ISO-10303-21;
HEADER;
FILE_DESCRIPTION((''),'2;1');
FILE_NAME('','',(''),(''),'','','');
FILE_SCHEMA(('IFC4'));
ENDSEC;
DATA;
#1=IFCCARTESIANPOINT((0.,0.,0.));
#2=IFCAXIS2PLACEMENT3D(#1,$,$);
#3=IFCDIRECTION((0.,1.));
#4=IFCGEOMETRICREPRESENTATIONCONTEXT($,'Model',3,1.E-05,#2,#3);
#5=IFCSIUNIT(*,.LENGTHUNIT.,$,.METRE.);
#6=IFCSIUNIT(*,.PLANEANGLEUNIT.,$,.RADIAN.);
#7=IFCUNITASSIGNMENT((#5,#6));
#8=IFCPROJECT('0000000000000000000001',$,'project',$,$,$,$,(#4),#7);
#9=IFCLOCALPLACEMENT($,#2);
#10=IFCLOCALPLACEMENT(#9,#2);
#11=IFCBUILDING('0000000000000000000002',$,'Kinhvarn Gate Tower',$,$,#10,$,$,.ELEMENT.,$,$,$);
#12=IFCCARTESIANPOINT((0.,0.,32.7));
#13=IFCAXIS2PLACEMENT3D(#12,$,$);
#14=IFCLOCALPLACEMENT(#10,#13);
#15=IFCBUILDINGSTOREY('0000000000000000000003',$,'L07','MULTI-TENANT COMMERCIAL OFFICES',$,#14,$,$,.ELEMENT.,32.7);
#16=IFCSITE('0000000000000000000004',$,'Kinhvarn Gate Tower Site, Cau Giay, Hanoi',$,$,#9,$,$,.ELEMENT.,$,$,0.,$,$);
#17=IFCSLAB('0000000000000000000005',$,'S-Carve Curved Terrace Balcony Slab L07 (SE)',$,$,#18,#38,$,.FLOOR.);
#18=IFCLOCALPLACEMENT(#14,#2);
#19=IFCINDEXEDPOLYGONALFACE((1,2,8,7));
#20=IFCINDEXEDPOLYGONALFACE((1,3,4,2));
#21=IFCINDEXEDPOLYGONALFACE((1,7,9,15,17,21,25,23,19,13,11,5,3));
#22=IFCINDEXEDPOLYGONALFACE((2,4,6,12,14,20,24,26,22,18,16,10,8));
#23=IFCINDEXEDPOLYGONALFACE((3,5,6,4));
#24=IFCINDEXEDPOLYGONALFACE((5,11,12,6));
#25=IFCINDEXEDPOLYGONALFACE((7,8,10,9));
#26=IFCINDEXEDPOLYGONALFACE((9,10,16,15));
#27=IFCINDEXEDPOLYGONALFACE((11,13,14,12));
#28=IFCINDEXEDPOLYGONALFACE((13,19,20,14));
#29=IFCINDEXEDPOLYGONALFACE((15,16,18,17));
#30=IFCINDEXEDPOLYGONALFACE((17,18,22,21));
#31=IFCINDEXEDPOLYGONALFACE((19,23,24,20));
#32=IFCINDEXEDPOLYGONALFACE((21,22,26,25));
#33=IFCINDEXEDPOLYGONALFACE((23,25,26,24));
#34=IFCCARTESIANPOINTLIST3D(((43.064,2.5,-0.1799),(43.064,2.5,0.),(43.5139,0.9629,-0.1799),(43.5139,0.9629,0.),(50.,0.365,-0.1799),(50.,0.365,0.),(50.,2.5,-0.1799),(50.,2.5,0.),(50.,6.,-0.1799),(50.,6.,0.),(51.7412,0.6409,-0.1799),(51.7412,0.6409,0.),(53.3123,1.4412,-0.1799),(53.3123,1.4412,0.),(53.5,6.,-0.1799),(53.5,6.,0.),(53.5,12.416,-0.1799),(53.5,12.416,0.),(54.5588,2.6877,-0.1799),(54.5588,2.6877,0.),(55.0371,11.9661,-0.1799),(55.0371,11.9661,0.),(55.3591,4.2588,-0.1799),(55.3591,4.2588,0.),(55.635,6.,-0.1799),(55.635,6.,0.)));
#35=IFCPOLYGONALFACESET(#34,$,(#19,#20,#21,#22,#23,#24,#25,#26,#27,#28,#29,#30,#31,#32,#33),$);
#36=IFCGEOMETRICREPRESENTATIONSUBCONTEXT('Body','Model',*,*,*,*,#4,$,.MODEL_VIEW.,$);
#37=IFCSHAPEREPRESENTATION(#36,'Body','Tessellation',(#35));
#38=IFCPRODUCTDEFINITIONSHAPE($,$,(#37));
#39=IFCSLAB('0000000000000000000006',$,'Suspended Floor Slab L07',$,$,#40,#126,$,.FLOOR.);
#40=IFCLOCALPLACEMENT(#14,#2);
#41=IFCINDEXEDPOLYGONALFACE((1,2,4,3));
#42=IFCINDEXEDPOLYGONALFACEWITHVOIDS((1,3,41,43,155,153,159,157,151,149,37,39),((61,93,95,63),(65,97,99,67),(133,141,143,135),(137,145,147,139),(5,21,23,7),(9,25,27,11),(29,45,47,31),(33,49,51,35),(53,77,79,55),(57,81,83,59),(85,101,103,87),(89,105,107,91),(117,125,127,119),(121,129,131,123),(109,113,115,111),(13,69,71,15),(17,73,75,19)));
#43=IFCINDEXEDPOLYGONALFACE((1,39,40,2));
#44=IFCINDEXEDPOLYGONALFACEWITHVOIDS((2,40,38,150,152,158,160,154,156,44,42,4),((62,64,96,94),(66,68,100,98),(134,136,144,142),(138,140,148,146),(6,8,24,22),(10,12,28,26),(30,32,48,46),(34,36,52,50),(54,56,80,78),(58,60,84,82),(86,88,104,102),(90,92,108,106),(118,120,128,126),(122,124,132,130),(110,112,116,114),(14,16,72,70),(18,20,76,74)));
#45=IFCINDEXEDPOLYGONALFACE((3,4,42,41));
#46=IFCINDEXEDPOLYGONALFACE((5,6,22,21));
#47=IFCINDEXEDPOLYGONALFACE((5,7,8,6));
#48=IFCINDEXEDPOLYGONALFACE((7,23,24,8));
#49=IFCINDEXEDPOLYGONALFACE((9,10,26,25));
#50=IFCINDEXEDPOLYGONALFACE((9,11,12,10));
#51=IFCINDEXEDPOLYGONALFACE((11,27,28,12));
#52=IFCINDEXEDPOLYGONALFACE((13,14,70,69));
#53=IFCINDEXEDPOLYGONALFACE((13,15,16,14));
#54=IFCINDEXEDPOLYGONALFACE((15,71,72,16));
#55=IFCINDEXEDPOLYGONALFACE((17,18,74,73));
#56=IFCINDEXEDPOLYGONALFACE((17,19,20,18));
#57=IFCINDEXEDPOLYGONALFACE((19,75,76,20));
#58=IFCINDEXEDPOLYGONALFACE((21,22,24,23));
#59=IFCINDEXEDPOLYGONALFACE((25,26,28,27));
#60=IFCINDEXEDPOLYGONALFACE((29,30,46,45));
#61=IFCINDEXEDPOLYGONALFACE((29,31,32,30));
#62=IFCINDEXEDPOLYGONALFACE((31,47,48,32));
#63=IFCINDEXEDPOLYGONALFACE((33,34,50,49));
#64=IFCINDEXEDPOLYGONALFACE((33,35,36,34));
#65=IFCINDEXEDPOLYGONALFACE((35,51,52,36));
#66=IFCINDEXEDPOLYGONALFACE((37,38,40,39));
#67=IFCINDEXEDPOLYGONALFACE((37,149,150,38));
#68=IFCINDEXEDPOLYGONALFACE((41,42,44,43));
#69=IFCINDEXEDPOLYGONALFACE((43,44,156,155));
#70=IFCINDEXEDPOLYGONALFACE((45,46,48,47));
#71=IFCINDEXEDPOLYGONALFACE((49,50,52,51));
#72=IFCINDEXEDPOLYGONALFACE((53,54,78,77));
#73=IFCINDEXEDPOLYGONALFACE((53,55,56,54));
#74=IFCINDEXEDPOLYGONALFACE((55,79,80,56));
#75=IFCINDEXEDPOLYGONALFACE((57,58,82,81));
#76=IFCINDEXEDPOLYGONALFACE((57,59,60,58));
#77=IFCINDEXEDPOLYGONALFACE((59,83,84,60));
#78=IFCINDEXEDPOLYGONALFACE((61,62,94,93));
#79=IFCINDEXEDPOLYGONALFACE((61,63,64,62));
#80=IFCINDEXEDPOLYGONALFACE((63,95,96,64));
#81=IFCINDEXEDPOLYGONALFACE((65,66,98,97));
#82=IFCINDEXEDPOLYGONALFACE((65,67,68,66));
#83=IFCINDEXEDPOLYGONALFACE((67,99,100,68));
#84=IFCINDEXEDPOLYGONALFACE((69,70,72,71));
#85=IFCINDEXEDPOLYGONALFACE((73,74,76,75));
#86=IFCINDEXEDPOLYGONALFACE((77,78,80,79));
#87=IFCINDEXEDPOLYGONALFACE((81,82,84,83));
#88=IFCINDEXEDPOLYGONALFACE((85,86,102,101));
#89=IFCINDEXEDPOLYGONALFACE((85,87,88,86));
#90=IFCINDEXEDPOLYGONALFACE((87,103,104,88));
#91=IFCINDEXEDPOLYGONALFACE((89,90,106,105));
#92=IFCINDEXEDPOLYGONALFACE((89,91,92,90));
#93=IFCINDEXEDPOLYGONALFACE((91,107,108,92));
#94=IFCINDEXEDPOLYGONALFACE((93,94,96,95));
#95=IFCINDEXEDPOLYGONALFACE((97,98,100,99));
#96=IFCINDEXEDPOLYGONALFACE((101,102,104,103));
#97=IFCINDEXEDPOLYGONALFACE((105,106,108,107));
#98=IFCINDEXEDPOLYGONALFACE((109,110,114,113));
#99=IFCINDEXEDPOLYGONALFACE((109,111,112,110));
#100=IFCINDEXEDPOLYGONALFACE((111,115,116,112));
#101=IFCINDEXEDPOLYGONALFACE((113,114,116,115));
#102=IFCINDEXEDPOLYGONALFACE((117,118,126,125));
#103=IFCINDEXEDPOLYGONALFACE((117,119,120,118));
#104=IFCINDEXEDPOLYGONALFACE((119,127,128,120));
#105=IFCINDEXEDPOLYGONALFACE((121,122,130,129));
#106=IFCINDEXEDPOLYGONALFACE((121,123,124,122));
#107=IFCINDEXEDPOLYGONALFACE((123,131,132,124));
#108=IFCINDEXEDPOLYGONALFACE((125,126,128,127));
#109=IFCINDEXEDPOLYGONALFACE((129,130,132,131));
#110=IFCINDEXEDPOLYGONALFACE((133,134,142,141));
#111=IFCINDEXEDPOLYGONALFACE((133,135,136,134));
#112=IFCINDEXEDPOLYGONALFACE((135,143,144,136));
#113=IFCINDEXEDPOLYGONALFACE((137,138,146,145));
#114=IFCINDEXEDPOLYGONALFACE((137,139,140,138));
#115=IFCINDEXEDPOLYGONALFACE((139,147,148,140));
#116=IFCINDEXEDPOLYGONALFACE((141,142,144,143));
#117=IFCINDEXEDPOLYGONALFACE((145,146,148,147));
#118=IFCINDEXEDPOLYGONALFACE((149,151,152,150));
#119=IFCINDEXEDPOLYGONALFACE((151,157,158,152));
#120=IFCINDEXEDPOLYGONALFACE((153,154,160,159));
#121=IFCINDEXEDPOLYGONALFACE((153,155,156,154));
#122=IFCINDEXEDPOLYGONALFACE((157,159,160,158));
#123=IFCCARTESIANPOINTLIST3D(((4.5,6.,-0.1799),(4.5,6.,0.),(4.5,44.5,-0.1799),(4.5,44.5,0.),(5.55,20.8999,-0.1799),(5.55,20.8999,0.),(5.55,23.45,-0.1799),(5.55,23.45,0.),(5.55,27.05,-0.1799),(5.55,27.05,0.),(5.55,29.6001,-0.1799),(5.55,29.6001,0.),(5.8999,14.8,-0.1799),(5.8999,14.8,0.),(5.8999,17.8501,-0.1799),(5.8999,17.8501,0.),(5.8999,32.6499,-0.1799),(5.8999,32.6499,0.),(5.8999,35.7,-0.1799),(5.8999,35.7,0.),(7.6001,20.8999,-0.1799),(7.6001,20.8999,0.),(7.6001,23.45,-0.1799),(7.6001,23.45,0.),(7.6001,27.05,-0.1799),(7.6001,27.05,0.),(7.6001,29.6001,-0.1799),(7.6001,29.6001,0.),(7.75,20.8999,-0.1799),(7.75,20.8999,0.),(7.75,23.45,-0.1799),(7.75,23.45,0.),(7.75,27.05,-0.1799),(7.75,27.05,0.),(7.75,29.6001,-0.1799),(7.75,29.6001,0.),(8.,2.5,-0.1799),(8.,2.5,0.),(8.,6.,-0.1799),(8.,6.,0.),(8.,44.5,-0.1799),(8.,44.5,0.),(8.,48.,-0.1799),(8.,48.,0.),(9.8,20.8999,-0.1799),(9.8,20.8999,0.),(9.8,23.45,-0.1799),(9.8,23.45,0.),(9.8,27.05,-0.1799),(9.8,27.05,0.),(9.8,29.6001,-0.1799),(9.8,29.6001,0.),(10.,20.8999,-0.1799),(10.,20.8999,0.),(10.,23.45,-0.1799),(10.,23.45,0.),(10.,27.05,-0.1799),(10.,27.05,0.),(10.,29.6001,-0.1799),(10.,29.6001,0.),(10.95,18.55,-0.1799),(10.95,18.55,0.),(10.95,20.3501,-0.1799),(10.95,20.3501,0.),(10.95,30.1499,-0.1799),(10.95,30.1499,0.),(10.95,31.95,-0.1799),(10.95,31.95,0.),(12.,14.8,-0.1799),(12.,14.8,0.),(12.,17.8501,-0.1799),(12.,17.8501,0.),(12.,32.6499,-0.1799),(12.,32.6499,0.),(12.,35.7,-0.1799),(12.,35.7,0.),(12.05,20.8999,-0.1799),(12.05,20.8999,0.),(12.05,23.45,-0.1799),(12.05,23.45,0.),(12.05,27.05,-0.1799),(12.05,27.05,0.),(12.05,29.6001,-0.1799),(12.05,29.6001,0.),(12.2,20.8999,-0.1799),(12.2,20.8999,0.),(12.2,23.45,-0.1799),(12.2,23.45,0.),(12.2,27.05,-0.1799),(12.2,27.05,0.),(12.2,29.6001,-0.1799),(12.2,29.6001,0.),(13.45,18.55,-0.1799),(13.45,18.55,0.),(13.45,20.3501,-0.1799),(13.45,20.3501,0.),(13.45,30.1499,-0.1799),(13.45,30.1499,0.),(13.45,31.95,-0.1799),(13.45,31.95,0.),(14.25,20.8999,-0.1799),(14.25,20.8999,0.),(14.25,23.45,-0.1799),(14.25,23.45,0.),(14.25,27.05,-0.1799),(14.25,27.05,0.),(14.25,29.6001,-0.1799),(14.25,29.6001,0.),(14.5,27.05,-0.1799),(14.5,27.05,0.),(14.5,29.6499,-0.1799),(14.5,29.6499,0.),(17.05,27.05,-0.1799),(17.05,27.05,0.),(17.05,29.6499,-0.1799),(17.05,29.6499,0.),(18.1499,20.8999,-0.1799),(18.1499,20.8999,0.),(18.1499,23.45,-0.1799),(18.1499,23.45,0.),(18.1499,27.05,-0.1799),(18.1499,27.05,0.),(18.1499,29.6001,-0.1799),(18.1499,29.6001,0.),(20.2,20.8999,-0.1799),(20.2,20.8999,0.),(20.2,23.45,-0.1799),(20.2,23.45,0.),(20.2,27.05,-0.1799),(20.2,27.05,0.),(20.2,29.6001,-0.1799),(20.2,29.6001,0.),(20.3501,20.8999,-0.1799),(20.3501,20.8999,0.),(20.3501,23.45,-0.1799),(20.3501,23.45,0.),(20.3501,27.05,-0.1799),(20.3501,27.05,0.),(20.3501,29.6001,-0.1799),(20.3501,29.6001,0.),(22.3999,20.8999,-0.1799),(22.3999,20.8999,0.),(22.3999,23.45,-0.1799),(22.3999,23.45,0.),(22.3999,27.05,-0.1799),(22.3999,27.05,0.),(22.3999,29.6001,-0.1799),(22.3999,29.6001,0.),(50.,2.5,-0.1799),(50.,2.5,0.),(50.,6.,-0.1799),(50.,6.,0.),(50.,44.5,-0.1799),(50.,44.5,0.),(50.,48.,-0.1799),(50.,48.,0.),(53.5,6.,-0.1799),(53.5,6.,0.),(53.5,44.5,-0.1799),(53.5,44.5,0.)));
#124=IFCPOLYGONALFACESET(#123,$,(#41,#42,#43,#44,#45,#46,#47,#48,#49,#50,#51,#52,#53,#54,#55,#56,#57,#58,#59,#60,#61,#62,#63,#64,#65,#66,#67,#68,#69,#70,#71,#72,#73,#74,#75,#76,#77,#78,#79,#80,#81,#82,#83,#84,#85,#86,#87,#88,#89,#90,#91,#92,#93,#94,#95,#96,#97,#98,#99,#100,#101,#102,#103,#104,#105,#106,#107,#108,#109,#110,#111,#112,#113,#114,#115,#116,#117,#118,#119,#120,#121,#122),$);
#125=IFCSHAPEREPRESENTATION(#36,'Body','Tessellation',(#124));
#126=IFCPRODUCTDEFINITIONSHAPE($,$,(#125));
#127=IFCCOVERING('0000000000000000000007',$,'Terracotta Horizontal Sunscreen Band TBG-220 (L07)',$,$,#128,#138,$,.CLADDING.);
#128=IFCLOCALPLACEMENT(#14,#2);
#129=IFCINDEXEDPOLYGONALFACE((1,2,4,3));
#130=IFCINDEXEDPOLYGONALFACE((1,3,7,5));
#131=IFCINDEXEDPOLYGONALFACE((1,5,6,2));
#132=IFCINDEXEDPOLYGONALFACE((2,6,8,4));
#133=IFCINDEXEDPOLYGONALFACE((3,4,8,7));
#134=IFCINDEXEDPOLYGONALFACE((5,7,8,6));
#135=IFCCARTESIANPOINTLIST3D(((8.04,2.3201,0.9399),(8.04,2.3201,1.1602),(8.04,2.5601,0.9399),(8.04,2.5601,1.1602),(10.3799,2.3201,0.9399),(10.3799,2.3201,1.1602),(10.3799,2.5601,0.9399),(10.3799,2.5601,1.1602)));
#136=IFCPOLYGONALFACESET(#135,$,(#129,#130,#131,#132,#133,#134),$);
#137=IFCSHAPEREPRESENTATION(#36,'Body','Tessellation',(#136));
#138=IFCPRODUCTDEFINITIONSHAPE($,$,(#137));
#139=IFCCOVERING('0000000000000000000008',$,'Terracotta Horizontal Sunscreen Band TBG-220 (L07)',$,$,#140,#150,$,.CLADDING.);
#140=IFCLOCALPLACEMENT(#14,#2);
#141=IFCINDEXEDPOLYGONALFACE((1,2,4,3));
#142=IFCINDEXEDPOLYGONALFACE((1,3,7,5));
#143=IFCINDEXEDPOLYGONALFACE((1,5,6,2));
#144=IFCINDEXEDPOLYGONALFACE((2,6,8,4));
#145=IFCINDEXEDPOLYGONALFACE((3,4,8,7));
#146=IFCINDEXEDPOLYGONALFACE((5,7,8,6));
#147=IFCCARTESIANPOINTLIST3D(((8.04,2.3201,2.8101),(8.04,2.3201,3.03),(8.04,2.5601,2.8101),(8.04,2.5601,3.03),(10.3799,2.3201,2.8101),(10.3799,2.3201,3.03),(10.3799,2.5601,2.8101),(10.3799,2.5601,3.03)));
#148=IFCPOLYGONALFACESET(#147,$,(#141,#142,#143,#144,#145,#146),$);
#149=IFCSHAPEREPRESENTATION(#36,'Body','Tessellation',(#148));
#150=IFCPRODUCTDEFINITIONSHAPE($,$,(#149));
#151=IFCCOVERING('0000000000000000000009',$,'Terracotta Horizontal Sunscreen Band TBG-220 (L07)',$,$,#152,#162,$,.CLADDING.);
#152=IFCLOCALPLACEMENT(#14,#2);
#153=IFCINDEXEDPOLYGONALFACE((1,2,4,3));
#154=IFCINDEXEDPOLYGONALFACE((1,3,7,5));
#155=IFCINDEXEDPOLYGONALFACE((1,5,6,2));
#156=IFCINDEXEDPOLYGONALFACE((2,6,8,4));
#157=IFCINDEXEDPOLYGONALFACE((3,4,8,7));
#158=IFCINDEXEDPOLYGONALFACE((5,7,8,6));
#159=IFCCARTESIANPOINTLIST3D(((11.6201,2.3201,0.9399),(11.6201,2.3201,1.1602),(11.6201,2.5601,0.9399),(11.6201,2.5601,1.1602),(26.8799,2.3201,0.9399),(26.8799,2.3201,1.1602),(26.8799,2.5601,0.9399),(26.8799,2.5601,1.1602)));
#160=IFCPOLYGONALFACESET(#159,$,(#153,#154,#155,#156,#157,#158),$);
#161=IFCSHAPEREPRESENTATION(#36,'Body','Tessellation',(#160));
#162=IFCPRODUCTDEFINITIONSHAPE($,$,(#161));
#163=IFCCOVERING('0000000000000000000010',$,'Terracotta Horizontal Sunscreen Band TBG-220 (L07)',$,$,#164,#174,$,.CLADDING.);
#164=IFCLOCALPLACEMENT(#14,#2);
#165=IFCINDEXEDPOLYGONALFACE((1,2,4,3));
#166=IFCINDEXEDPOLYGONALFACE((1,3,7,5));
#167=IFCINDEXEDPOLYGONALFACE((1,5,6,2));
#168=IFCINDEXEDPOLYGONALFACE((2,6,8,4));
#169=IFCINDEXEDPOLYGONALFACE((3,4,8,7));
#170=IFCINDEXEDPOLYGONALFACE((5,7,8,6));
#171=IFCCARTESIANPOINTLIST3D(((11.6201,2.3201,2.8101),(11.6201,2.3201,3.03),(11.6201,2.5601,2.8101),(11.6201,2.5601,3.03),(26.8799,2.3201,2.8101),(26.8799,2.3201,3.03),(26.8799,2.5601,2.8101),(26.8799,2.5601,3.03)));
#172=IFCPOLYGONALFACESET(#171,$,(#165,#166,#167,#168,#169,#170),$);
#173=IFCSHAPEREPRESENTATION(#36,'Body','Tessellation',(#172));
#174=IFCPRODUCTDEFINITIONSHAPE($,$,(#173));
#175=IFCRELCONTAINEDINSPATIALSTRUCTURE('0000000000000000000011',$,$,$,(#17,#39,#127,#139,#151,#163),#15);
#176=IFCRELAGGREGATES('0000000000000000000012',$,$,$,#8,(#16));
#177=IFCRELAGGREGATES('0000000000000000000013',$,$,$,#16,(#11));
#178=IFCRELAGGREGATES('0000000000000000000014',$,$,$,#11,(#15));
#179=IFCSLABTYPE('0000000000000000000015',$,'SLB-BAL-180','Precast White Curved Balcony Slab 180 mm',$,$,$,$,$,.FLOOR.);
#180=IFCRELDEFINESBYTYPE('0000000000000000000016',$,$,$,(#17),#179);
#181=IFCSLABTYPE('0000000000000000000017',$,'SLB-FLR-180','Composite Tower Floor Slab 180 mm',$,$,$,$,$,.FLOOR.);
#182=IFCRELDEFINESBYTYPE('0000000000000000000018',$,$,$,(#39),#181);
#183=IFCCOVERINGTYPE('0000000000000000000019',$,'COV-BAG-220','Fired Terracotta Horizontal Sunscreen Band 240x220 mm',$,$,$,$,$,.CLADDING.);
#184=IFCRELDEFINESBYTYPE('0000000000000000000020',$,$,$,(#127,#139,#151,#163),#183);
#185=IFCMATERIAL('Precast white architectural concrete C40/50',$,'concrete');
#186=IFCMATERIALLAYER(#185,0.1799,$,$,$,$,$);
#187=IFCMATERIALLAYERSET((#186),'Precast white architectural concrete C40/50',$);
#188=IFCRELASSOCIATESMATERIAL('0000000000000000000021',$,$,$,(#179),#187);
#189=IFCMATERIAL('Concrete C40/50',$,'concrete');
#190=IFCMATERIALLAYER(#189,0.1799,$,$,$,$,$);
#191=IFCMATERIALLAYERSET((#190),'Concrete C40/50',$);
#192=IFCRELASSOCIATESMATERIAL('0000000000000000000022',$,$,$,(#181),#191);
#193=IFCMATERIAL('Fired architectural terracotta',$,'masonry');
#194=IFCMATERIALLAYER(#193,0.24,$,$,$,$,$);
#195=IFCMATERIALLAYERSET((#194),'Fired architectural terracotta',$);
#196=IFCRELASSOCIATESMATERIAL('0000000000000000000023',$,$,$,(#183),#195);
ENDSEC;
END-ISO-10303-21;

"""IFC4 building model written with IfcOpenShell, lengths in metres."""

from ifc_helpers import new_model, si_unit, direction, frame, origin, place, context, subcontext, project, spatial, polyline, outline, extrude, material, layer, layer_set, type_object, element, save


model = new_model("IFC4")

# Units and contexts
model_context = context("Model", 3, precision=1e-05, world=origin(), true_north=direction((0.0, 1.0)))
body_context = subcontext(model_context, "Body", "Model", "MODEL_VIEW")
ifc_project = project(units=[si_unit("LENGTHUNIT", "METRE"), si_unit("PLANEANGLEUNIT", "RADIAN")], contexts=[model_context])

# Site, building, storey
site_placement = place(None, origin())
site = spatial("IfcSite", under=ifc_project, at=site_placement, Name="Kinhvarn Gate Tower Site, Cau Giay, Hanoi", CompositionType="ELEMENT", RefElevation=0.0)
building_placement = place(site_placement, origin())
building = spatial("IfcBuilding", under=site, at=building_placement, Name="Kinhvarn Gate Tower", CompositionType="ELEMENT")
storey_placement = place(building_placement, frame((0.0, 0.0, 32.7)))
storey = spatial("IfcBuildingStorey", under=building, at=storey_placement, Name="L07", Description="MULTI-TENANT COMMERCIAL OFFICES", CompositionType="ELEMENT", Elevation=32.7)

# Slabs
ifc_material_1 = material(Name="Precast white architectural concrete C40/50", Category="concrete")
ifc_layer_1 = layer(ifc_material_1, 0.1799)
ifc_layer_set_1 = layer_set([ifc_layer_1], Name="Precast white architectural concrete C40/50")
slab_type_1 = type_object("IfcSlabType", Name="SLB-BAL-180", Description="Precast White Curved Balcony Slab 180 mm", PredefinedType="FLOOR", material=ifc_layer_set_1)
slab_1_placement = place(storey_placement, frame((0.0, 0.0, -0.1799)))
element("IfcSlab", 1, at=slab_1_placement, inside=storey, type_object=slab_type_1, Name="S-Carve Curved Terrace Balcony Slab L07 (SE)", PredefinedType="FLOOR", context=body_context, shape_type="SweptSolid", body=[
    extrude(outline(polyline([(43.064, 2.5), (43.5139, 0.9629), (50.0, 0.365), (51.7412, 0.6409), (53.3123, 1.4412), (54.5588, 2.6877), (55.3591, 4.2588), (55.635, 6.0), (55.0371, 11.9661), (53.5, 12.416), (53.5, 6.0), (50.0, 6.0), (50.0, 2.5), (43.064, 2.5)])), origin(), (0.0, 0.0, 1.0), 0.1799),
])
ifc_material_2 = material(Name="Concrete C40/50", Category="concrete")
ifc_layer_2 = layer(ifc_material_2, 0.1799)
ifc_layer_set_2 = layer_set([ifc_layer_2], Name="Concrete C40/50")
slab_type_2 = type_object("IfcSlabType", Name="SLB-FLR-180", Description="Composite Tower Floor Slab 180 mm", PredefinedType="FLOOR", material=ifc_layer_set_2)
slab_2_placement = place(storey_placement, frame((0.0, 0.0, -0.1799)))
element("IfcSlab", 2, at=slab_2_placement, inside=storey, type_object=slab_type_2, Name="Suspended Floor Slab L07", PredefinedType="FLOOR", context=body_context, shape_type="SweptSolid", body=[
    extrude(outline(polyline([(8.0, 2.5), (50.0, 2.5), (50.0, 6.0), (53.5, 6.0), (53.5, 44.5), (50.0, 44.5), (50.0, 48.0), (8.0, 48.0), (8.0, 44.5), (4.5, 44.5), (4.5, 6.0), (8.0, 6.0), (8.0, 2.5)]), holes=[polyline([(5.8999, 14.8), (12.0, 14.8), (12.0, 17.8501), (5.8999, 17.8501), (5.8999, 14.8)]), polyline([(5.8999, 32.6499), (12.0, 32.6499), (12.0, 35.7), (5.8999, 35.7), (5.8999, 32.6499)]), polyline([(18.1499, 20.8999), (20.2, 20.8999), (20.2, 23.45), (18.1499, 23.45), (18.1499, 20.8999)]), polyline([(20.3501, 20.8999), (22.3999, 20.8999), (22.3999, 23.45), (20.3501, 23.45), (20.3501, 20.8999)]), polyline([(18.1499, 27.05), (20.2, 27.05), (20.2, 29.6001), (18.1499, 29.6001), (18.1499, 27.05)]), polyline([(20.3501, 27.05), (22.3999, 27.05), (22.3999, 29.6001), (20.3501, 29.6001), (20.3501, 27.05)]), polyline([(5.55, 20.8999), (7.6001, 20.8999), (7.6001, 23.45), (5.55, 23.45), (5.55, 20.8999)]), polyline([(7.75, 20.8999), (9.8, 20.8999), (9.8, 23.45), (7.75, 23.45), (7.75, 20.8999)]), polyline([(5.55, 27.05), (7.6001, 27.05), (7.6001, 29.6001), (5.55, 29.6001), (5.55, 27.05)]), polyline([(7.75, 27.05), (9.8, 27.05), (9.8, 29.6001), (7.75, 29.6001), (7.75, 27.05)]), polyline([(10.0, 20.8999), (12.05, 20.8999), (12.05, 23.45), (10.0, 23.45), (10.0, 20.8999)]), polyline([(12.2, 20.8999), (14.25, 20.8999), (14.25, 23.45), (12.2, 23.45), (12.2, 20.8999)]), polyline([(10.0, 27.05), (12.05, 27.05), (12.05, 29.6001), (10.0, 29.6001), (10.0, 27.05)]), polyline([(12.2, 27.05), (14.25, 27.05), (14.25, 29.6001), (12.2, 29.6001), (12.2, 27.05)]), polyline([(14.5, 27.05), (17.05, 27.05), (17.05, 29.6499), (14.5, 29.6499), (14.5, 27.05)]), polyline([(10.95, 18.55), (13.45, 18.55), (13.45, 20.3501), (10.95, 20.3501), (10.95, 18.55)]), polyline([(10.95, 30.1499), (13.45, 30.1499), (13.45, 31.95), (10.95, 31.95), (10.95, 30.1499)])]), origin(), (0.0, 0.0, 1.0), 0.1799),
])

# Coverings
ifc_material_3 = material(Name="Fired architectural terracotta", Category="masonry")
ifc_layer_3 = layer(ifc_material_3, 0.24)
ifc_layer_set_3 = layer_set([ifc_layer_3], Name="Fired architectural terracotta")
covering_type_1 = type_object("IfcCoveringType", Name="COV-BAG-220", Description="Fired Terracotta Horizontal Sunscreen Band 240x220 mm", PredefinedType="CLADDING", material=ifc_layer_set_3)
covering_1_placement = place(storey_placement, frame((0.0, 0.0, 0.9399)))
element("IfcCovering", 3, at=covering_1_placement, inside=storey, type_object=covering_type_1, Name="Terracotta Horizontal Sunscreen Band TBG-220 (L07)", PredefinedType="CLADDING", context=body_context, shape_type="SweptSolid", body=[
    extrude(outline(polyline([(8.04, 2.5601), (10.3799, 2.5601), (10.3799, 2.3201), (8.04, 2.3201), (8.04, 2.5601)])), origin(), (0.0, 0.0, 1.0), 0.2202),
])
covering_2_placement = place(storey_placement, frame((0.0, 0.0, 2.8101)))
element("IfcCovering", 4, at=covering_2_placement, inside=storey, type_object=covering_type_1, Name="Terracotta Horizontal Sunscreen Band TBG-220 (L07)", PredefinedType="CLADDING", context=body_context, shape_type="SweptSolid", body=[
    extrude(outline(polyline([(8.04, 2.5601), (10.3799, 2.5601), (10.3799, 2.3201), (8.04, 2.3201), (8.04, 2.5601)])), origin(), (0.0, 0.0, 1.0), 0.22),
])
covering_3_placement = place(storey_placement, frame((0.0, 0.0, 0.9399)))
element("IfcCovering", 5, at=covering_3_placement, inside=storey, type_object=covering_type_1, Name="Terracotta Horizontal Sunscreen Band TBG-220 (L07)", PredefinedType="CLADDING", context=body_context, shape_type="SweptSolid", body=[
    extrude(outline(polyline([(11.6201, 2.5601), (26.8799, 2.5601), (26.8799, 2.3201), (11.6201, 2.3201), (11.6201, 2.5601)])), origin(), (0.0, 0.0, 1.0), 0.2202),
])
covering_4_placement = place(storey_placement, frame((0.0, 0.0, 2.8101)))
element("IfcCovering", 6, at=covering_4_placement, inside=storey, type_object=covering_type_1, Name="Terracotta Horizontal Sunscreen Band TBG-220 (L07)", PredefinedType="CLADDING", context=body_context, shape_type="SweptSolid", body=[
    extrude(outline(polyline([(11.6201, 2.5601), (26.8799, 2.5601), (26.8799, 2.3201), (11.6201, 2.3201), (11.6201, 2.5601)])), origin(), (0.0, 0.0, 1.0), 0.22),
])

save(model, "model.ifc")
